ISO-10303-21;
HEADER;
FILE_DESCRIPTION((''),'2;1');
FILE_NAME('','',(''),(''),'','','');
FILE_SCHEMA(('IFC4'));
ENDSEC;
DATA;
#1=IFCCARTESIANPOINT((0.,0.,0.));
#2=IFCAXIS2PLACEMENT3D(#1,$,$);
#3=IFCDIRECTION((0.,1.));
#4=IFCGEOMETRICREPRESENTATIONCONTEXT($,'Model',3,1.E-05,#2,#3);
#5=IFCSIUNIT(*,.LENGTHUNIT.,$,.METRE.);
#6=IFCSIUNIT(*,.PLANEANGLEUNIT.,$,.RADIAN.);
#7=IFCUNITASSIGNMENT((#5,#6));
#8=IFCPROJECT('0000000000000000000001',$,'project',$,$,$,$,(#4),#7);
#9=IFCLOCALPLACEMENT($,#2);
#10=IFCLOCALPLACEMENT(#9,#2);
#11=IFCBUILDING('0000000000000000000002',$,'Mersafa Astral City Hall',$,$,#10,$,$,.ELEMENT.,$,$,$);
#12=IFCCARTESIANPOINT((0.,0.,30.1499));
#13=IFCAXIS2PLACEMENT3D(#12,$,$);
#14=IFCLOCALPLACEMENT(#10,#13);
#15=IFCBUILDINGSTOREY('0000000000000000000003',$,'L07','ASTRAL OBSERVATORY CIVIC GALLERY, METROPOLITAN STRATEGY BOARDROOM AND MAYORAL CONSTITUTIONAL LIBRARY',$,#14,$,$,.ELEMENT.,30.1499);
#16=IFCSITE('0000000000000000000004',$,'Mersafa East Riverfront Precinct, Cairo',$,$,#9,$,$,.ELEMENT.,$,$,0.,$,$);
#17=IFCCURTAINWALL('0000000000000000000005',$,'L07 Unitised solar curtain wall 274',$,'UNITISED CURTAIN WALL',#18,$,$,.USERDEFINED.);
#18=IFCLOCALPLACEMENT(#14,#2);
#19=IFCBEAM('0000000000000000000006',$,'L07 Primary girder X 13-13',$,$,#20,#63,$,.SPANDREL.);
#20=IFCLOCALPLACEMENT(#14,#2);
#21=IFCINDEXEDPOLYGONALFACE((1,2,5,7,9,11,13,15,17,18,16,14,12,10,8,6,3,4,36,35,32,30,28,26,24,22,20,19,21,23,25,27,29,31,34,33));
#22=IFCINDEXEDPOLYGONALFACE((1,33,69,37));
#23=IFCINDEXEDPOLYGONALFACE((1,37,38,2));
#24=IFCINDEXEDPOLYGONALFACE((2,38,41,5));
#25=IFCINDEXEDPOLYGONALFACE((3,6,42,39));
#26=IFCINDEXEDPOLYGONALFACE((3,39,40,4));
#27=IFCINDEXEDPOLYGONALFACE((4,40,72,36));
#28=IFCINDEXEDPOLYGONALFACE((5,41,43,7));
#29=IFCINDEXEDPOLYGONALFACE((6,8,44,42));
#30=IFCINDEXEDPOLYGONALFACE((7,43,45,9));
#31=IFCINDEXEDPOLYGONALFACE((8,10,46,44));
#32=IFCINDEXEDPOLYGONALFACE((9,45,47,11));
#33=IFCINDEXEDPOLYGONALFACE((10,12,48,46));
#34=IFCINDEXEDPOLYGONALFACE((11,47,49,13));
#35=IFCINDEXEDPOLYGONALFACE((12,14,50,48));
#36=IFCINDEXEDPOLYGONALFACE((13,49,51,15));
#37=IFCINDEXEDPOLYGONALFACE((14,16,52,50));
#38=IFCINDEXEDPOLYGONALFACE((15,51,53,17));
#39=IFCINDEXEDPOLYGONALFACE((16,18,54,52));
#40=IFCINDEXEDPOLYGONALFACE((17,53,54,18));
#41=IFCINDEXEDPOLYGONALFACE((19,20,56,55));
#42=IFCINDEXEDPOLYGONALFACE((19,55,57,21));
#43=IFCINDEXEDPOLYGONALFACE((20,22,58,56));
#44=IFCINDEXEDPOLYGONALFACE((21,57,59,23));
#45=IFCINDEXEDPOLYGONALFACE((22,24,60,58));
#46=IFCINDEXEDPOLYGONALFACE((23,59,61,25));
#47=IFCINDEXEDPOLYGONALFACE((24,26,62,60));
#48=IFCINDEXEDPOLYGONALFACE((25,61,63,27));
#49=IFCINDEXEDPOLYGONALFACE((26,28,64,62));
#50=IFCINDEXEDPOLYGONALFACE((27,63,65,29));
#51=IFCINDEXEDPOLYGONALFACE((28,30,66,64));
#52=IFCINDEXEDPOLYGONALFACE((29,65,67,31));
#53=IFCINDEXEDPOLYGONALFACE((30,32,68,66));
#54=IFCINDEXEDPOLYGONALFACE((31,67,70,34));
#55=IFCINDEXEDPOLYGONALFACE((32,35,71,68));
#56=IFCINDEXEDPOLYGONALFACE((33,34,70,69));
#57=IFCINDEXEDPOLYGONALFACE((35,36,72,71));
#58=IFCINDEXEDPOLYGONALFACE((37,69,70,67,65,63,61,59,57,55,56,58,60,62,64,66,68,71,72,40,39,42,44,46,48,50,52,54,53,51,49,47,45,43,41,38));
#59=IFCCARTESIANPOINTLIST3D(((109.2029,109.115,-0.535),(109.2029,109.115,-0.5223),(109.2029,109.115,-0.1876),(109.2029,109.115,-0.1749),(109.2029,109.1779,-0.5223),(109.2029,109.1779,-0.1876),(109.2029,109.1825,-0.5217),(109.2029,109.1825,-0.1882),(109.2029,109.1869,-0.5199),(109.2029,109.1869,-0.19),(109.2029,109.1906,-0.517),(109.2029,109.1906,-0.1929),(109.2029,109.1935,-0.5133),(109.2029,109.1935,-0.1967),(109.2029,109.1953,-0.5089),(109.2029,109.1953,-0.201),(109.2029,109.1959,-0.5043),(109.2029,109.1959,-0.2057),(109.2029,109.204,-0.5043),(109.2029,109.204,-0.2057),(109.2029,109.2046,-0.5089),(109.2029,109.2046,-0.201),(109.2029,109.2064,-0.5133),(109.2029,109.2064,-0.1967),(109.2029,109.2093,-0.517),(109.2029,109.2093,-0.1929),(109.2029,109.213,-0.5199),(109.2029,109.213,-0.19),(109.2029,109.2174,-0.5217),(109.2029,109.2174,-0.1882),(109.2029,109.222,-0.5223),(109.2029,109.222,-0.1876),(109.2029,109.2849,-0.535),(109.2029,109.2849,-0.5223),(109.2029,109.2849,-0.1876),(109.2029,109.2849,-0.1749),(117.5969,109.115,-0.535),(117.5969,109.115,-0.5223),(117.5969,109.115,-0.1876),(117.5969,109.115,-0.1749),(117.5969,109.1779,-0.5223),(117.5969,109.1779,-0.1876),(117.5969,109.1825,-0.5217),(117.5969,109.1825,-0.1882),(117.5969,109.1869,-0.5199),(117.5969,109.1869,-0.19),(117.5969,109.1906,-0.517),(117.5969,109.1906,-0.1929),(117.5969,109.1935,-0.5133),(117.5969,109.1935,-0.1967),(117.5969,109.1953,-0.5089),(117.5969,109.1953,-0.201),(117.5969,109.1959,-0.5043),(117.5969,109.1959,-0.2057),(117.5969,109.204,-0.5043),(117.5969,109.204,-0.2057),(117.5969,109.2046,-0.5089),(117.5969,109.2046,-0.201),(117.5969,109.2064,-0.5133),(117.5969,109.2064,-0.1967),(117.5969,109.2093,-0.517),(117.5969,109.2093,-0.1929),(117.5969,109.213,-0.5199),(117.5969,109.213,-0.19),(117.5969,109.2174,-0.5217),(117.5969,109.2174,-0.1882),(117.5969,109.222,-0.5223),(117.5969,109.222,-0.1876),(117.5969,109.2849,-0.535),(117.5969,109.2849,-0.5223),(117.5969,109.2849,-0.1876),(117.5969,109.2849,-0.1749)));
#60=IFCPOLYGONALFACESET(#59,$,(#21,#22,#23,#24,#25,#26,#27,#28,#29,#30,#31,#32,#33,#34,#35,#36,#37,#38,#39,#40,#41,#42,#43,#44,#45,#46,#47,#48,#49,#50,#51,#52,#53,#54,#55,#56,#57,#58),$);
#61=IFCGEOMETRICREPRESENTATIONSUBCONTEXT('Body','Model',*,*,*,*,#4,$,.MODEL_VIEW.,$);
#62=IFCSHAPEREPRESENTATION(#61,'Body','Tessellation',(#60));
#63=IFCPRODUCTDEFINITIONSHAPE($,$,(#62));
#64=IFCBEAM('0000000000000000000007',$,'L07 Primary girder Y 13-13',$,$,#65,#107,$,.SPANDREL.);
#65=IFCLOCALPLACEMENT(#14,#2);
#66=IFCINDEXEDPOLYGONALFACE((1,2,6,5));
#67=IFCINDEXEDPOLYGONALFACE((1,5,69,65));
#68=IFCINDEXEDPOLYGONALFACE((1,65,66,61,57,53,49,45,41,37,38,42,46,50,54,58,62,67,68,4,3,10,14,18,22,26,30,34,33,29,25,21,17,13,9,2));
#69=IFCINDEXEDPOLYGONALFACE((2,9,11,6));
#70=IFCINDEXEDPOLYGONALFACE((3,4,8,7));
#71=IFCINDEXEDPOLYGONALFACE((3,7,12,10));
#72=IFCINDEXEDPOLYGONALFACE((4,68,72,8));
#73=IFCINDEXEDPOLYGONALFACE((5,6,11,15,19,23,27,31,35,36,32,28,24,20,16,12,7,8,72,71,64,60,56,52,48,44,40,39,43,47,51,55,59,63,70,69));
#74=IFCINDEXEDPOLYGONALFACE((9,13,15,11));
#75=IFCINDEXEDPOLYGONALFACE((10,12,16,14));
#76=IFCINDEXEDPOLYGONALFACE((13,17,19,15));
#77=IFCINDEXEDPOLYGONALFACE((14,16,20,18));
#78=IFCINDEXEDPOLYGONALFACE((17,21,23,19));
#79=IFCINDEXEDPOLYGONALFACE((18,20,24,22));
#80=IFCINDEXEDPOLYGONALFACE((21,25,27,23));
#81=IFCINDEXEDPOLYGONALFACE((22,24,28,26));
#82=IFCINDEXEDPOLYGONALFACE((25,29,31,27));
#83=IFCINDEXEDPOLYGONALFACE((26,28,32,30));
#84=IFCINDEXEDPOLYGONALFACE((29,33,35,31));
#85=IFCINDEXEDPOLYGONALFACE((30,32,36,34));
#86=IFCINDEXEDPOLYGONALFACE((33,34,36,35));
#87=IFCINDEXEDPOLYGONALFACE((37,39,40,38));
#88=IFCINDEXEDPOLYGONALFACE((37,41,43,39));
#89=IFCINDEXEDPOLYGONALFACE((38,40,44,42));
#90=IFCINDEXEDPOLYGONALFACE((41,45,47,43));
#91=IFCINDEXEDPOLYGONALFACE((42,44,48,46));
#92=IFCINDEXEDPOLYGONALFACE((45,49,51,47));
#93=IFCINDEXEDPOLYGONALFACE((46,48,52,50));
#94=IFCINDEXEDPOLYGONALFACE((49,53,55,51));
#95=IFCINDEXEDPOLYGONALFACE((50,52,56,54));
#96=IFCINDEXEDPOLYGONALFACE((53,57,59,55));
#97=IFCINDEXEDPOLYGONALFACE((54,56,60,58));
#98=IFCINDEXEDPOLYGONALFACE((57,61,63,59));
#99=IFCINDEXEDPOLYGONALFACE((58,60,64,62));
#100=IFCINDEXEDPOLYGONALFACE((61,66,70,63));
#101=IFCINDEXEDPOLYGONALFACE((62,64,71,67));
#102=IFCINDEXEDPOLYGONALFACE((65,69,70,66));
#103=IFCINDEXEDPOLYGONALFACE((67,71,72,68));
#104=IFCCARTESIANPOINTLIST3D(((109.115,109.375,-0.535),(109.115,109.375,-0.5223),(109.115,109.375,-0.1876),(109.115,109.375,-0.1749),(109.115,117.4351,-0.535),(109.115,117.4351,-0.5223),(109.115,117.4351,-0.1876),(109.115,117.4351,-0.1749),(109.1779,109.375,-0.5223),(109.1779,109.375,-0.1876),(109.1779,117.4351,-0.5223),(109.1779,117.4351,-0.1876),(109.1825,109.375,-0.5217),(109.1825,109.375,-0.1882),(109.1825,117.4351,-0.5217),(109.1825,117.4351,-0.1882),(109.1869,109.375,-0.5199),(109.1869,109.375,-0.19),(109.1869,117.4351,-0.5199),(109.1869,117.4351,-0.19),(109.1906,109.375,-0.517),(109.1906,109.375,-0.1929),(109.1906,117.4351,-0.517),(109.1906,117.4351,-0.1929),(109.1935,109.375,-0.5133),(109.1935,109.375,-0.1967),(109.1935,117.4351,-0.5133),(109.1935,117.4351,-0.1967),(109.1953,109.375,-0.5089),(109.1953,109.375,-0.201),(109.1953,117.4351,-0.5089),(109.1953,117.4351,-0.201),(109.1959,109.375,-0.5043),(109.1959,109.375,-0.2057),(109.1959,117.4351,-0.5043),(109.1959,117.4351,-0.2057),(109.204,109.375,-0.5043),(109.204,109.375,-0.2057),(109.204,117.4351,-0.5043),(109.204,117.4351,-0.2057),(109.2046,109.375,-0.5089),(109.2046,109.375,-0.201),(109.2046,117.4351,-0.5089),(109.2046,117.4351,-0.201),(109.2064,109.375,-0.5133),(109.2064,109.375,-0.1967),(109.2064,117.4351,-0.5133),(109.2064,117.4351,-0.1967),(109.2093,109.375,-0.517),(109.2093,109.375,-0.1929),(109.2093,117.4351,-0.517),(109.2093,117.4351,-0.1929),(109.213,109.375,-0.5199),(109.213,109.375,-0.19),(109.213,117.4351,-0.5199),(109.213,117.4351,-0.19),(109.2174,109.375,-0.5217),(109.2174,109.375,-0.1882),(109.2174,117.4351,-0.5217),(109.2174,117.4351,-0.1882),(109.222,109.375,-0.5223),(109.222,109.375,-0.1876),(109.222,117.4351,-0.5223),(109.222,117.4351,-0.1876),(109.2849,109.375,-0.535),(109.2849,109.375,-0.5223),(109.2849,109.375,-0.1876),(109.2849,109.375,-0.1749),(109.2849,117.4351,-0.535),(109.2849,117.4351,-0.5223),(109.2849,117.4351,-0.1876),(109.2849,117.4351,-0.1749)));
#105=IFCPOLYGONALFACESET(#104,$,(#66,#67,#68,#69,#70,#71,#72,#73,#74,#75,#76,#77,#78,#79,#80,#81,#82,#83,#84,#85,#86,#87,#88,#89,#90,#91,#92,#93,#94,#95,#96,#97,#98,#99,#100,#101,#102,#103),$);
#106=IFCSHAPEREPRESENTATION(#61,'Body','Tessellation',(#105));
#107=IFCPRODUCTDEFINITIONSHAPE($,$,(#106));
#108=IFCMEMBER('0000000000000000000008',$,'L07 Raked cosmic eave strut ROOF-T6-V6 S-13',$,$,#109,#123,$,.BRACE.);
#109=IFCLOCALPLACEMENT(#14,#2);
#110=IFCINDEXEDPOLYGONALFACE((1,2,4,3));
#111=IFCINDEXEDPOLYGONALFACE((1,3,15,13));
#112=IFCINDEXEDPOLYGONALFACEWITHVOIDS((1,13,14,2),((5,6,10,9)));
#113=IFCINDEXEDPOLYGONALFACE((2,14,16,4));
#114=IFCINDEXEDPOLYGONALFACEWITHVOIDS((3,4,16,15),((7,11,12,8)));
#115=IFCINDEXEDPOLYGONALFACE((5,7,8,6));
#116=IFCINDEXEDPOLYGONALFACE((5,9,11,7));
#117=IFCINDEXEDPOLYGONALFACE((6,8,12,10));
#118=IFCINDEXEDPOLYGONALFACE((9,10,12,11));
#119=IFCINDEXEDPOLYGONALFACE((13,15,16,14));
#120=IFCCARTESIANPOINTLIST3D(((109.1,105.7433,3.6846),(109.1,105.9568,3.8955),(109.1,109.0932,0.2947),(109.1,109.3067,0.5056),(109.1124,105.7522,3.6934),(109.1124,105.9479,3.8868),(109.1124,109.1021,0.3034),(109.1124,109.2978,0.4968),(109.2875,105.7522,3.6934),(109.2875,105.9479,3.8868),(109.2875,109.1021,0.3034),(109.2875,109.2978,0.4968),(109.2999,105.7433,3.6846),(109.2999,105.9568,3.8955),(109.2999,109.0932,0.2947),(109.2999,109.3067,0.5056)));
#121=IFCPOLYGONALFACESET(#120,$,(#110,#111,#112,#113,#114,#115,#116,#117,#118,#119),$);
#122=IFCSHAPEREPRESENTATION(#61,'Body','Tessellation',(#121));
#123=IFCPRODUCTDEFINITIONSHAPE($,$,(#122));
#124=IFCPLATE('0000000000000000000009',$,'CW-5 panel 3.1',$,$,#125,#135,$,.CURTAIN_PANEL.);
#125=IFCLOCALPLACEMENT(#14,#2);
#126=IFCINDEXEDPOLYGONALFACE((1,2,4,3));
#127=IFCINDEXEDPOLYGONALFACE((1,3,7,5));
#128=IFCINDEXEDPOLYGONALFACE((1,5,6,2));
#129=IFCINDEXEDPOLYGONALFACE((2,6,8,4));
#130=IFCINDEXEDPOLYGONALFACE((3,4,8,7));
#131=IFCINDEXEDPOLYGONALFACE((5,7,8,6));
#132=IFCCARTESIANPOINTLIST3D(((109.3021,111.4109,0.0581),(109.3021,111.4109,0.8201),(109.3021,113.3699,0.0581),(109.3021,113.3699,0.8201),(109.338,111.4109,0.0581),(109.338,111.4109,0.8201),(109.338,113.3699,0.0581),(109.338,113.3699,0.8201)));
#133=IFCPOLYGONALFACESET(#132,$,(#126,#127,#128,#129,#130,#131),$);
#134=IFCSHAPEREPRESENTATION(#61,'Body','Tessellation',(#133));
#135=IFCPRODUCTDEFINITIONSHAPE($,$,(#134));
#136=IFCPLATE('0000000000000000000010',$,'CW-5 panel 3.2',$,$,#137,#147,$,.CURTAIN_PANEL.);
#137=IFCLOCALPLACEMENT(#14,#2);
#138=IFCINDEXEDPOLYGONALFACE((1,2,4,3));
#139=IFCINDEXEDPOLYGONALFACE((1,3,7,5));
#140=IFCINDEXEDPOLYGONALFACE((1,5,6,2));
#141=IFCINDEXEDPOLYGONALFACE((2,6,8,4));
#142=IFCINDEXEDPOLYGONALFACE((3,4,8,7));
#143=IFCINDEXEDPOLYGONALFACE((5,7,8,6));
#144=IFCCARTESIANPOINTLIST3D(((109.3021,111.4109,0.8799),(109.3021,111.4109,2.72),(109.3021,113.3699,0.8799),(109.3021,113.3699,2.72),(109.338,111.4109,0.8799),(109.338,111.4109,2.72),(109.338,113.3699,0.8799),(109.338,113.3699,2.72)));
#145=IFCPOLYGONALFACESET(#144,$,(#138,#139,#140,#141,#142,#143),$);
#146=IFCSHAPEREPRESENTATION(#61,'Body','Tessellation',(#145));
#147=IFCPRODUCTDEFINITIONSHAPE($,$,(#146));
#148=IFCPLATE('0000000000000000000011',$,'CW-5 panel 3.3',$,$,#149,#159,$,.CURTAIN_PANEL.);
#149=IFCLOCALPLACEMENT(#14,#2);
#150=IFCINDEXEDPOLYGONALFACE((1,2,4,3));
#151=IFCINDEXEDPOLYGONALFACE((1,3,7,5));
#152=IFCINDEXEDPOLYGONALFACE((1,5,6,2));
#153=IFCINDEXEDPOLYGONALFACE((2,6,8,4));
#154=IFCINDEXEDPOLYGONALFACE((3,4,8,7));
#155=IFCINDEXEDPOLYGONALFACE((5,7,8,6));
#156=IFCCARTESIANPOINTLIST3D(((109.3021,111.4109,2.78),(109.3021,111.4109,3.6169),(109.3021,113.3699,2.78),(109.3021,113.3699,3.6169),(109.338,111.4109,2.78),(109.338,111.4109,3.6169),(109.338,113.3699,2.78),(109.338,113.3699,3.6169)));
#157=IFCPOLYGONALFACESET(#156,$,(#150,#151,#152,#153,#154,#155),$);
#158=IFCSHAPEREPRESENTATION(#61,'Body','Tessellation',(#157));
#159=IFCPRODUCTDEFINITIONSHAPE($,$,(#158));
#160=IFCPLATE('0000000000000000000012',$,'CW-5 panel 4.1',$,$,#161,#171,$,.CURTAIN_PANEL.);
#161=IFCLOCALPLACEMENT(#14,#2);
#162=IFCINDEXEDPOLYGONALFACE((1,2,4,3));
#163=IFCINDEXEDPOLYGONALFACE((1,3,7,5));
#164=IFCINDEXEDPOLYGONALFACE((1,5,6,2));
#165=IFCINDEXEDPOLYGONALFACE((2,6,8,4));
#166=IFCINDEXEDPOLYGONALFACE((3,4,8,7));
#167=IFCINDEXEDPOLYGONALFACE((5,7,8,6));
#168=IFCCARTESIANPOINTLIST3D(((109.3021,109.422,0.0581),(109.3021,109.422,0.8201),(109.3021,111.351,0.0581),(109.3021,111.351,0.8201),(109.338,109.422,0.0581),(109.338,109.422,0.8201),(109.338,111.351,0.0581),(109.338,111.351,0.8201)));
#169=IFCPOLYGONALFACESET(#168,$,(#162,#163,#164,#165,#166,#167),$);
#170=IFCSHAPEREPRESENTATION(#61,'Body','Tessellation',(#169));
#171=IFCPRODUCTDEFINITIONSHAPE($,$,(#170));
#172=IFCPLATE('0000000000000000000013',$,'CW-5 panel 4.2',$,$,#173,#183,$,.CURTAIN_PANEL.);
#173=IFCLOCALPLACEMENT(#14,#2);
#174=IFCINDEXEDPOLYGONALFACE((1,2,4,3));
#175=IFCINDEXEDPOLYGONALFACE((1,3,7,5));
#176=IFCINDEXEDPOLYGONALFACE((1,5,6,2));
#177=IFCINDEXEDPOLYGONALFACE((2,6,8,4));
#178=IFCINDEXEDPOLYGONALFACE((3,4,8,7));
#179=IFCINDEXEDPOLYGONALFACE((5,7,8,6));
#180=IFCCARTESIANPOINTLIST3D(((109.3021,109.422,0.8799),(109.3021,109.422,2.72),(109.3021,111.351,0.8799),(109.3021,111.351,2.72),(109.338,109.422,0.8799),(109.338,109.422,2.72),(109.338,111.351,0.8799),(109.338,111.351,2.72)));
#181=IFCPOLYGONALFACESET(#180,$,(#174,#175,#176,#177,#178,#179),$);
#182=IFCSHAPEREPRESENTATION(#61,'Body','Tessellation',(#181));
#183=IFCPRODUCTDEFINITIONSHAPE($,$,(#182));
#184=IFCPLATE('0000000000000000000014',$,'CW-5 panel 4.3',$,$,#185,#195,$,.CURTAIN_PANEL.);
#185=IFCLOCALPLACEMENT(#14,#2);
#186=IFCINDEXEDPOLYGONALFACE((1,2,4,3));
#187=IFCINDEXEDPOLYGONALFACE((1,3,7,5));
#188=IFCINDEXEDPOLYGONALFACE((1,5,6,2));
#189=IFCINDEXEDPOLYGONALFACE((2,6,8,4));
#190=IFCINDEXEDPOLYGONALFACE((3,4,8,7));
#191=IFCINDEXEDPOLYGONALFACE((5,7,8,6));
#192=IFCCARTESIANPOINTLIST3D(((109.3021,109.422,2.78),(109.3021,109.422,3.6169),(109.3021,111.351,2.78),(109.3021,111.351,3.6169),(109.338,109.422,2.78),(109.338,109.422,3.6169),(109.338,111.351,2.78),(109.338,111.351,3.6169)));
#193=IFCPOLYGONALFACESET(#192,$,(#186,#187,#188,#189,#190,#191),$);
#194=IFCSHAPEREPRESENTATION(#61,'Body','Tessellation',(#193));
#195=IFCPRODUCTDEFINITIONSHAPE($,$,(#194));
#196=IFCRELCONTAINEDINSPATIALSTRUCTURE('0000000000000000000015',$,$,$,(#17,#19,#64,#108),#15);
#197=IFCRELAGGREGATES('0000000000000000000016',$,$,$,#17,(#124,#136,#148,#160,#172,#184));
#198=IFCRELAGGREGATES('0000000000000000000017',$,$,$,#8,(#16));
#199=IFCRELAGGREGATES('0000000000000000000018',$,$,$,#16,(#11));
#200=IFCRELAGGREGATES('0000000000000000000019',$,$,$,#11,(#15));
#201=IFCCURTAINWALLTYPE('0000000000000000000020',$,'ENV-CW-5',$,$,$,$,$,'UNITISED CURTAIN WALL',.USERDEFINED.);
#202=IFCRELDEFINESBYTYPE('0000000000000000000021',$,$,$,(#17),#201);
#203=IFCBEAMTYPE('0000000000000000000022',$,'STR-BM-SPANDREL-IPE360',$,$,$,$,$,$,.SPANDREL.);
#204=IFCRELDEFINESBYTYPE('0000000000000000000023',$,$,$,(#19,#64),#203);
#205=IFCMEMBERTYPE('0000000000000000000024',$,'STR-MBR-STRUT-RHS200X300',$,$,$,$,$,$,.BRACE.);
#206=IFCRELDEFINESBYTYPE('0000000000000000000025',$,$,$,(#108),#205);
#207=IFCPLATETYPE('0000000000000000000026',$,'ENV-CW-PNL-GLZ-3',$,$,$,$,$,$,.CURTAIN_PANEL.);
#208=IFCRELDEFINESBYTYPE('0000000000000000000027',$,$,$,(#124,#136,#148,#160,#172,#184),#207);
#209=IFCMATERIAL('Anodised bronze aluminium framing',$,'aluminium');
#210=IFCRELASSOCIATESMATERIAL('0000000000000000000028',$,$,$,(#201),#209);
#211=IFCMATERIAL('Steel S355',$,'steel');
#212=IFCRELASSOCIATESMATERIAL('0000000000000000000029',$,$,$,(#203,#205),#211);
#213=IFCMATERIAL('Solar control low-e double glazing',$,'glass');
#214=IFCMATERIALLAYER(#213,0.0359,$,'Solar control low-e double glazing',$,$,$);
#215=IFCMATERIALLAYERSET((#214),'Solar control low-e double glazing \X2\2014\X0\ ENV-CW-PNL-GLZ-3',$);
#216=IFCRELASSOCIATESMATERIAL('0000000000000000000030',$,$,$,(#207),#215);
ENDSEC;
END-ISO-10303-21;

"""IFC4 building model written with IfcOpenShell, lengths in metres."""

from ifc_helpers import new_model, si_unit, direction, frame, origin, origin_2d, place, context, subcontext, project, spatial, rectangle, hollow_rectangle, i_section, extrude, material, layer, layer_set, material_profile, profile_set, type_object, element, aggregate, save


model = new_model("IFC4")

# Units and contexts
model_context = context("Model", 3, precision=1e-05, world=origin(), true_north=direction((0.0, 1.0)))
body_context = subcontext(model_context, "Body", "Model", "MODEL_VIEW")
ifc_project = project(units=[si_unit("LENGTHUNIT", "METRE"), si_unit("PLANEANGLEUNIT", "RADIAN")], contexts=[model_context])

# Site, building, storey
site_placement = place(None, origin())
site = spatial("IfcSite", under=ifc_project, at=site_placement, Name="Mersafa East Riverfront Precinct, Cairo", CompositionType="ELEMENT", RefElevation=0.0)
building_placement = place(site_placement, origin())
building = spatial("IfcBuilding", under=site, at=building_placement, Name="Mersafa Astral City Hall", CompositionType="ELEMENT")
storey_placement = place(building_placement, frame((0.0, 0.0, 30.1499)))
storey = spatial("IfcBuildingStorey", under=building, at=storey_placement, Name="L07", Description="ASTRAL OBSERVATORY CIVIC GALLERY, METROPOLITAN STRATEGY BOARDROOM AND MAYORAL CONSTITUTIONAL LIBRARY", CompositionType="ELEMENT", Elevation=30.1499)

# Shared definitions
ifc_material_1 = material(Name="Steel S355", Category="steel")

# Curtain wall
ifc_material_2 = material(Name="Anodised bronze aluminium framing", Category="aluminium")
curtain_wall_type = type_object("IfcCurtainWallType", Name="ENV-CW-5", ElementType="UNITISED CURTAIN WALL", PredefinedType="USERDEFINED", material=ifc_material_2)
curtain_wall_placement = place(storey_placement, origin())
curtain_wall = element("IfcCurtainWall", 1, at=curtain_wall_placement, inside=storey, type_object=curtain_wall_type, Name="L07 Unitised solar curtain wall 274", ObjectType="UNITISED CURTAIN WALL", PredefinedType="USERDEFINED")

# Beams
ifc_material_profile_1 = material_profile(ifc_material_1, i_section(OverallWidth=0.1699, OverallDepth=0.3601, WebThickness=0.0081, FlangeThickness=0.0127, FilletRadius=0.0181, at=origin_2d()), Name="IPE 360")
ifc_profile_set_1 = profile_set([ifc_material_profile_1], Name="Steel S355")
beam_type = type_object("IfcBeamType", Name="STR-BM-SPANDREL-IPE360", PredefinedType="SPANDREL", material=ifc_profile_set_1)
beam_1_placement = place(storey_placement, frame((109.2029, 109.2, -0.355), z_axis=(1.0, 0.0, 0.0), x_axis=(0.0, 1.0, 0.0)))
element("IfcBeam", 2, at=beam_1_placement, inside=storey, type_object=beam_type, Name="L07 Primary girder X 13-13", PredefinedType="SPANDREL", context=body_context, shape_type="SweptSolid", body=[
    extrude(i_section(OverallWidth=0.1699, OverallDepth=0.3601, WebThickness=0.0081, FlangeThickness=0.0127, FilletRadius=0.0181, at=origin_2d()), origin(), (0.0, 0.0, 1.0), 8.394),
])
beam_2_placement = place(storey_placement, frame((109.2, 109.375, -0.355), z_axis=(0.0, 1.0, 0.0), x_axis=(-1.0, 0.0, 0.0)))
element("IfcBeam", 3, at=beam_2_placement, inside=storey, type_object=beam_type, Name="L07 Primary girder Y 13-13", PredefinedType="SPANDREL", context=body_context, shape_type="SweptSolid", body=[
    extrude(i_section(OverallWidth=0.1699, OverallDepth=0.3601, WebThickness=0.0081, FlangeThickness=0.0127, FilletRadius=0.0181, at=origin_2d()), origin(), (0.0, 0.0, 1.0), 8.0601),
])

# Member
ifc_material_profile_2 = material_profile(ifc_material_1, hollow_rectangle(XDim=0.2, YDim=0.3, WallThickness=0.0125, at=origin_2d()), Name="RHS 200x300x12.5")
ifc_profile_set_2 = profile_set([ifc_material_profile_2], Name="Steel S355")
member_type_1 = type_object("IfcMemberType", Name="STR-MBR-STRUT-RHS200X300", PredefinedType="BRACE", material=ifc_profile_set_2)
member_1_placement = place(storey_placement, frame((109.2, 109.2, 0.4001), z_axis=(0.0, -0.702894, 0.711295), x_axis=(1.0, 0.0, 0.0)))
element("IfcMember", 4, at=member_1_placement, inside=storey, type_object=member_type_1, Name="L07 Raked cosmic eave strut ROOF-T6-V6 S-13", PredefinedType="BRACE", context=body_context, shape_type="SweptSolid", body=[
    extrude(hollow_rectangle(XDim=0.2, YDim=0.3, WallThickness=0.0125, at=origin_2d()), origin(), (0.0, 0.0, 1.0), 4.7659),
])

# Plates
ifc_material_3 = material(Name="Solar control low-e double glazing", Category="glass")
ifc_layer_1 = layer(ifc_material_3, 0.0359, Name="Solar control low-e double glazing")
ifc_layer_set_1 = layer_set([ifc_layer_1], Name="Solar control low-e double glazing — ENV-CW-PNL-GLZ-3")
plate_type = type_object("IfcPlateType", Name="ENV-CW-PNL-GLZ-3", PredefinedType="CURTAIN_PANEL", material=ifc_layer_set_1)
plate_1_placement = place(storey_placement, frame((109.3201, 112.3904, 0.0581), z_axis=(0.0, 0.0, 1.0), x_axis=(0.0, -1.0, 0.0)))
plate_1 = element("IfcPlate", 5, at=plate_1_placement, type_object=plate_type, Name="CW-5 panel 3.1", PredefinedType="CURTAIN_PANEL", context=body_context, shape_type="SweptSolid", body=[
    extrude(rectangle(XDim=1.959, YDim=0.0359, at=origin_2d()), origin(), (0.0, 0.0, 1.0), 0.762),
])
plate_2_placement = place(storey_placement, frame((109.3201, 112.3904, 0.8799), z_axis=(0.0, 0.0, 1.0), x_axis=(0.0, -1.0, 0.0)))
plate_2 = element("IfcPlate", 6, at=plate_2_placement, type_object=plate_type, Name="CW-5 panel 3.2", PredefinedType="CURTAIN_PANEL", context=body_context, shape_type="SweptSolid", body=[
    extrude(rectangle(XDim=1.959, YDim=0.0359, at=origin_2d()), origin(), (0.0, 0.0, 1.0), 1.8401),
])
plate_3_placement = place(storey_placement, frame((109.3201, 112.3904, 2.78), z_axis=(0.0, 0.0, 1.0), x_axis=(0.0, -1.0, 0.0)))
plate_3 = element("IfcPlate", 7, at=plate_3_placement, type_object=plate_type, Name="CW-5 panel 3.3", PredefinedType="CURTAIN_PANEL", context=body_context, shape_type="SweptSolid", body=[
    extrude(rectangle(XDim=1.959, YDim=0.0359, at=origin_2d()), origin(), (0.0, 0.0, 1.0), 0.8369),
])
plate_4_placement = place(storey_placement, frame((109.3201, 110.3865, 0.0581), z_axis=(0.0, 0.0, 1.0), x_axis=(0.0, -1.0, 0.0)))
plate_4 = element("IfcPlate", 8, at=plate_4_placement, type_object=plate_type, Name="CW-5 panel 4.1", PredefinedType="CURTAIN_PANEL", context=body_context, shape_type="SweptSolid", body=[
    extrude(rectangle(XDim=1.929, YDim=0.0359, at=origin_2d()), origin(), (0.0, 0.0, 1.0), 0.762),
])
plate_5_placement = place(storey_placement, frame((109.3201, 110.3865, 0.8799), z_axis=(0.0, 0.0, 1.0), x_axis=(0.0, -1.0, 0.0)))
plate_5 = element("IfcPlate", 9, at=plate_5_placement, type_object=plate_type, Name="CW-5 panel 4.2", PredefinedType="CURTAIN_PANEL", context=body_context, shape_type="SweptSolid", body=[
    extrude(rectangle(XDim=1.929, YDim=0.0359, at=origin_2d()), origin(), (0.0, 0.0, 1.0), 1.8401),
])
plate_6_placement = place(storey_placement, frame((109.3201, 110.3865, 2.78), z_axis=(0.0, 0.0, 1.0), x_axis=(0.0, -1.0, 0.0)))
plate_6 = element("IfcPlate", 10, at=plate_6_placement, type_object=plate_type, Name="CW-5 panel 4.3", PredefinedType="CURTAIN_PANEL", context=body_context, shape_type="SweptSolid", body=[
    extrude(rectangle(XDim=1.929, YDim=0.0359, at=origin_2d()), origin(), (0.0, 0.0, 1.0), 0.8369),
])
aggregate(curtain_wall, [plate_1, plate_2, plate_3, plate_4, plate_5, plate_6])

save(model, "model.ifc")
